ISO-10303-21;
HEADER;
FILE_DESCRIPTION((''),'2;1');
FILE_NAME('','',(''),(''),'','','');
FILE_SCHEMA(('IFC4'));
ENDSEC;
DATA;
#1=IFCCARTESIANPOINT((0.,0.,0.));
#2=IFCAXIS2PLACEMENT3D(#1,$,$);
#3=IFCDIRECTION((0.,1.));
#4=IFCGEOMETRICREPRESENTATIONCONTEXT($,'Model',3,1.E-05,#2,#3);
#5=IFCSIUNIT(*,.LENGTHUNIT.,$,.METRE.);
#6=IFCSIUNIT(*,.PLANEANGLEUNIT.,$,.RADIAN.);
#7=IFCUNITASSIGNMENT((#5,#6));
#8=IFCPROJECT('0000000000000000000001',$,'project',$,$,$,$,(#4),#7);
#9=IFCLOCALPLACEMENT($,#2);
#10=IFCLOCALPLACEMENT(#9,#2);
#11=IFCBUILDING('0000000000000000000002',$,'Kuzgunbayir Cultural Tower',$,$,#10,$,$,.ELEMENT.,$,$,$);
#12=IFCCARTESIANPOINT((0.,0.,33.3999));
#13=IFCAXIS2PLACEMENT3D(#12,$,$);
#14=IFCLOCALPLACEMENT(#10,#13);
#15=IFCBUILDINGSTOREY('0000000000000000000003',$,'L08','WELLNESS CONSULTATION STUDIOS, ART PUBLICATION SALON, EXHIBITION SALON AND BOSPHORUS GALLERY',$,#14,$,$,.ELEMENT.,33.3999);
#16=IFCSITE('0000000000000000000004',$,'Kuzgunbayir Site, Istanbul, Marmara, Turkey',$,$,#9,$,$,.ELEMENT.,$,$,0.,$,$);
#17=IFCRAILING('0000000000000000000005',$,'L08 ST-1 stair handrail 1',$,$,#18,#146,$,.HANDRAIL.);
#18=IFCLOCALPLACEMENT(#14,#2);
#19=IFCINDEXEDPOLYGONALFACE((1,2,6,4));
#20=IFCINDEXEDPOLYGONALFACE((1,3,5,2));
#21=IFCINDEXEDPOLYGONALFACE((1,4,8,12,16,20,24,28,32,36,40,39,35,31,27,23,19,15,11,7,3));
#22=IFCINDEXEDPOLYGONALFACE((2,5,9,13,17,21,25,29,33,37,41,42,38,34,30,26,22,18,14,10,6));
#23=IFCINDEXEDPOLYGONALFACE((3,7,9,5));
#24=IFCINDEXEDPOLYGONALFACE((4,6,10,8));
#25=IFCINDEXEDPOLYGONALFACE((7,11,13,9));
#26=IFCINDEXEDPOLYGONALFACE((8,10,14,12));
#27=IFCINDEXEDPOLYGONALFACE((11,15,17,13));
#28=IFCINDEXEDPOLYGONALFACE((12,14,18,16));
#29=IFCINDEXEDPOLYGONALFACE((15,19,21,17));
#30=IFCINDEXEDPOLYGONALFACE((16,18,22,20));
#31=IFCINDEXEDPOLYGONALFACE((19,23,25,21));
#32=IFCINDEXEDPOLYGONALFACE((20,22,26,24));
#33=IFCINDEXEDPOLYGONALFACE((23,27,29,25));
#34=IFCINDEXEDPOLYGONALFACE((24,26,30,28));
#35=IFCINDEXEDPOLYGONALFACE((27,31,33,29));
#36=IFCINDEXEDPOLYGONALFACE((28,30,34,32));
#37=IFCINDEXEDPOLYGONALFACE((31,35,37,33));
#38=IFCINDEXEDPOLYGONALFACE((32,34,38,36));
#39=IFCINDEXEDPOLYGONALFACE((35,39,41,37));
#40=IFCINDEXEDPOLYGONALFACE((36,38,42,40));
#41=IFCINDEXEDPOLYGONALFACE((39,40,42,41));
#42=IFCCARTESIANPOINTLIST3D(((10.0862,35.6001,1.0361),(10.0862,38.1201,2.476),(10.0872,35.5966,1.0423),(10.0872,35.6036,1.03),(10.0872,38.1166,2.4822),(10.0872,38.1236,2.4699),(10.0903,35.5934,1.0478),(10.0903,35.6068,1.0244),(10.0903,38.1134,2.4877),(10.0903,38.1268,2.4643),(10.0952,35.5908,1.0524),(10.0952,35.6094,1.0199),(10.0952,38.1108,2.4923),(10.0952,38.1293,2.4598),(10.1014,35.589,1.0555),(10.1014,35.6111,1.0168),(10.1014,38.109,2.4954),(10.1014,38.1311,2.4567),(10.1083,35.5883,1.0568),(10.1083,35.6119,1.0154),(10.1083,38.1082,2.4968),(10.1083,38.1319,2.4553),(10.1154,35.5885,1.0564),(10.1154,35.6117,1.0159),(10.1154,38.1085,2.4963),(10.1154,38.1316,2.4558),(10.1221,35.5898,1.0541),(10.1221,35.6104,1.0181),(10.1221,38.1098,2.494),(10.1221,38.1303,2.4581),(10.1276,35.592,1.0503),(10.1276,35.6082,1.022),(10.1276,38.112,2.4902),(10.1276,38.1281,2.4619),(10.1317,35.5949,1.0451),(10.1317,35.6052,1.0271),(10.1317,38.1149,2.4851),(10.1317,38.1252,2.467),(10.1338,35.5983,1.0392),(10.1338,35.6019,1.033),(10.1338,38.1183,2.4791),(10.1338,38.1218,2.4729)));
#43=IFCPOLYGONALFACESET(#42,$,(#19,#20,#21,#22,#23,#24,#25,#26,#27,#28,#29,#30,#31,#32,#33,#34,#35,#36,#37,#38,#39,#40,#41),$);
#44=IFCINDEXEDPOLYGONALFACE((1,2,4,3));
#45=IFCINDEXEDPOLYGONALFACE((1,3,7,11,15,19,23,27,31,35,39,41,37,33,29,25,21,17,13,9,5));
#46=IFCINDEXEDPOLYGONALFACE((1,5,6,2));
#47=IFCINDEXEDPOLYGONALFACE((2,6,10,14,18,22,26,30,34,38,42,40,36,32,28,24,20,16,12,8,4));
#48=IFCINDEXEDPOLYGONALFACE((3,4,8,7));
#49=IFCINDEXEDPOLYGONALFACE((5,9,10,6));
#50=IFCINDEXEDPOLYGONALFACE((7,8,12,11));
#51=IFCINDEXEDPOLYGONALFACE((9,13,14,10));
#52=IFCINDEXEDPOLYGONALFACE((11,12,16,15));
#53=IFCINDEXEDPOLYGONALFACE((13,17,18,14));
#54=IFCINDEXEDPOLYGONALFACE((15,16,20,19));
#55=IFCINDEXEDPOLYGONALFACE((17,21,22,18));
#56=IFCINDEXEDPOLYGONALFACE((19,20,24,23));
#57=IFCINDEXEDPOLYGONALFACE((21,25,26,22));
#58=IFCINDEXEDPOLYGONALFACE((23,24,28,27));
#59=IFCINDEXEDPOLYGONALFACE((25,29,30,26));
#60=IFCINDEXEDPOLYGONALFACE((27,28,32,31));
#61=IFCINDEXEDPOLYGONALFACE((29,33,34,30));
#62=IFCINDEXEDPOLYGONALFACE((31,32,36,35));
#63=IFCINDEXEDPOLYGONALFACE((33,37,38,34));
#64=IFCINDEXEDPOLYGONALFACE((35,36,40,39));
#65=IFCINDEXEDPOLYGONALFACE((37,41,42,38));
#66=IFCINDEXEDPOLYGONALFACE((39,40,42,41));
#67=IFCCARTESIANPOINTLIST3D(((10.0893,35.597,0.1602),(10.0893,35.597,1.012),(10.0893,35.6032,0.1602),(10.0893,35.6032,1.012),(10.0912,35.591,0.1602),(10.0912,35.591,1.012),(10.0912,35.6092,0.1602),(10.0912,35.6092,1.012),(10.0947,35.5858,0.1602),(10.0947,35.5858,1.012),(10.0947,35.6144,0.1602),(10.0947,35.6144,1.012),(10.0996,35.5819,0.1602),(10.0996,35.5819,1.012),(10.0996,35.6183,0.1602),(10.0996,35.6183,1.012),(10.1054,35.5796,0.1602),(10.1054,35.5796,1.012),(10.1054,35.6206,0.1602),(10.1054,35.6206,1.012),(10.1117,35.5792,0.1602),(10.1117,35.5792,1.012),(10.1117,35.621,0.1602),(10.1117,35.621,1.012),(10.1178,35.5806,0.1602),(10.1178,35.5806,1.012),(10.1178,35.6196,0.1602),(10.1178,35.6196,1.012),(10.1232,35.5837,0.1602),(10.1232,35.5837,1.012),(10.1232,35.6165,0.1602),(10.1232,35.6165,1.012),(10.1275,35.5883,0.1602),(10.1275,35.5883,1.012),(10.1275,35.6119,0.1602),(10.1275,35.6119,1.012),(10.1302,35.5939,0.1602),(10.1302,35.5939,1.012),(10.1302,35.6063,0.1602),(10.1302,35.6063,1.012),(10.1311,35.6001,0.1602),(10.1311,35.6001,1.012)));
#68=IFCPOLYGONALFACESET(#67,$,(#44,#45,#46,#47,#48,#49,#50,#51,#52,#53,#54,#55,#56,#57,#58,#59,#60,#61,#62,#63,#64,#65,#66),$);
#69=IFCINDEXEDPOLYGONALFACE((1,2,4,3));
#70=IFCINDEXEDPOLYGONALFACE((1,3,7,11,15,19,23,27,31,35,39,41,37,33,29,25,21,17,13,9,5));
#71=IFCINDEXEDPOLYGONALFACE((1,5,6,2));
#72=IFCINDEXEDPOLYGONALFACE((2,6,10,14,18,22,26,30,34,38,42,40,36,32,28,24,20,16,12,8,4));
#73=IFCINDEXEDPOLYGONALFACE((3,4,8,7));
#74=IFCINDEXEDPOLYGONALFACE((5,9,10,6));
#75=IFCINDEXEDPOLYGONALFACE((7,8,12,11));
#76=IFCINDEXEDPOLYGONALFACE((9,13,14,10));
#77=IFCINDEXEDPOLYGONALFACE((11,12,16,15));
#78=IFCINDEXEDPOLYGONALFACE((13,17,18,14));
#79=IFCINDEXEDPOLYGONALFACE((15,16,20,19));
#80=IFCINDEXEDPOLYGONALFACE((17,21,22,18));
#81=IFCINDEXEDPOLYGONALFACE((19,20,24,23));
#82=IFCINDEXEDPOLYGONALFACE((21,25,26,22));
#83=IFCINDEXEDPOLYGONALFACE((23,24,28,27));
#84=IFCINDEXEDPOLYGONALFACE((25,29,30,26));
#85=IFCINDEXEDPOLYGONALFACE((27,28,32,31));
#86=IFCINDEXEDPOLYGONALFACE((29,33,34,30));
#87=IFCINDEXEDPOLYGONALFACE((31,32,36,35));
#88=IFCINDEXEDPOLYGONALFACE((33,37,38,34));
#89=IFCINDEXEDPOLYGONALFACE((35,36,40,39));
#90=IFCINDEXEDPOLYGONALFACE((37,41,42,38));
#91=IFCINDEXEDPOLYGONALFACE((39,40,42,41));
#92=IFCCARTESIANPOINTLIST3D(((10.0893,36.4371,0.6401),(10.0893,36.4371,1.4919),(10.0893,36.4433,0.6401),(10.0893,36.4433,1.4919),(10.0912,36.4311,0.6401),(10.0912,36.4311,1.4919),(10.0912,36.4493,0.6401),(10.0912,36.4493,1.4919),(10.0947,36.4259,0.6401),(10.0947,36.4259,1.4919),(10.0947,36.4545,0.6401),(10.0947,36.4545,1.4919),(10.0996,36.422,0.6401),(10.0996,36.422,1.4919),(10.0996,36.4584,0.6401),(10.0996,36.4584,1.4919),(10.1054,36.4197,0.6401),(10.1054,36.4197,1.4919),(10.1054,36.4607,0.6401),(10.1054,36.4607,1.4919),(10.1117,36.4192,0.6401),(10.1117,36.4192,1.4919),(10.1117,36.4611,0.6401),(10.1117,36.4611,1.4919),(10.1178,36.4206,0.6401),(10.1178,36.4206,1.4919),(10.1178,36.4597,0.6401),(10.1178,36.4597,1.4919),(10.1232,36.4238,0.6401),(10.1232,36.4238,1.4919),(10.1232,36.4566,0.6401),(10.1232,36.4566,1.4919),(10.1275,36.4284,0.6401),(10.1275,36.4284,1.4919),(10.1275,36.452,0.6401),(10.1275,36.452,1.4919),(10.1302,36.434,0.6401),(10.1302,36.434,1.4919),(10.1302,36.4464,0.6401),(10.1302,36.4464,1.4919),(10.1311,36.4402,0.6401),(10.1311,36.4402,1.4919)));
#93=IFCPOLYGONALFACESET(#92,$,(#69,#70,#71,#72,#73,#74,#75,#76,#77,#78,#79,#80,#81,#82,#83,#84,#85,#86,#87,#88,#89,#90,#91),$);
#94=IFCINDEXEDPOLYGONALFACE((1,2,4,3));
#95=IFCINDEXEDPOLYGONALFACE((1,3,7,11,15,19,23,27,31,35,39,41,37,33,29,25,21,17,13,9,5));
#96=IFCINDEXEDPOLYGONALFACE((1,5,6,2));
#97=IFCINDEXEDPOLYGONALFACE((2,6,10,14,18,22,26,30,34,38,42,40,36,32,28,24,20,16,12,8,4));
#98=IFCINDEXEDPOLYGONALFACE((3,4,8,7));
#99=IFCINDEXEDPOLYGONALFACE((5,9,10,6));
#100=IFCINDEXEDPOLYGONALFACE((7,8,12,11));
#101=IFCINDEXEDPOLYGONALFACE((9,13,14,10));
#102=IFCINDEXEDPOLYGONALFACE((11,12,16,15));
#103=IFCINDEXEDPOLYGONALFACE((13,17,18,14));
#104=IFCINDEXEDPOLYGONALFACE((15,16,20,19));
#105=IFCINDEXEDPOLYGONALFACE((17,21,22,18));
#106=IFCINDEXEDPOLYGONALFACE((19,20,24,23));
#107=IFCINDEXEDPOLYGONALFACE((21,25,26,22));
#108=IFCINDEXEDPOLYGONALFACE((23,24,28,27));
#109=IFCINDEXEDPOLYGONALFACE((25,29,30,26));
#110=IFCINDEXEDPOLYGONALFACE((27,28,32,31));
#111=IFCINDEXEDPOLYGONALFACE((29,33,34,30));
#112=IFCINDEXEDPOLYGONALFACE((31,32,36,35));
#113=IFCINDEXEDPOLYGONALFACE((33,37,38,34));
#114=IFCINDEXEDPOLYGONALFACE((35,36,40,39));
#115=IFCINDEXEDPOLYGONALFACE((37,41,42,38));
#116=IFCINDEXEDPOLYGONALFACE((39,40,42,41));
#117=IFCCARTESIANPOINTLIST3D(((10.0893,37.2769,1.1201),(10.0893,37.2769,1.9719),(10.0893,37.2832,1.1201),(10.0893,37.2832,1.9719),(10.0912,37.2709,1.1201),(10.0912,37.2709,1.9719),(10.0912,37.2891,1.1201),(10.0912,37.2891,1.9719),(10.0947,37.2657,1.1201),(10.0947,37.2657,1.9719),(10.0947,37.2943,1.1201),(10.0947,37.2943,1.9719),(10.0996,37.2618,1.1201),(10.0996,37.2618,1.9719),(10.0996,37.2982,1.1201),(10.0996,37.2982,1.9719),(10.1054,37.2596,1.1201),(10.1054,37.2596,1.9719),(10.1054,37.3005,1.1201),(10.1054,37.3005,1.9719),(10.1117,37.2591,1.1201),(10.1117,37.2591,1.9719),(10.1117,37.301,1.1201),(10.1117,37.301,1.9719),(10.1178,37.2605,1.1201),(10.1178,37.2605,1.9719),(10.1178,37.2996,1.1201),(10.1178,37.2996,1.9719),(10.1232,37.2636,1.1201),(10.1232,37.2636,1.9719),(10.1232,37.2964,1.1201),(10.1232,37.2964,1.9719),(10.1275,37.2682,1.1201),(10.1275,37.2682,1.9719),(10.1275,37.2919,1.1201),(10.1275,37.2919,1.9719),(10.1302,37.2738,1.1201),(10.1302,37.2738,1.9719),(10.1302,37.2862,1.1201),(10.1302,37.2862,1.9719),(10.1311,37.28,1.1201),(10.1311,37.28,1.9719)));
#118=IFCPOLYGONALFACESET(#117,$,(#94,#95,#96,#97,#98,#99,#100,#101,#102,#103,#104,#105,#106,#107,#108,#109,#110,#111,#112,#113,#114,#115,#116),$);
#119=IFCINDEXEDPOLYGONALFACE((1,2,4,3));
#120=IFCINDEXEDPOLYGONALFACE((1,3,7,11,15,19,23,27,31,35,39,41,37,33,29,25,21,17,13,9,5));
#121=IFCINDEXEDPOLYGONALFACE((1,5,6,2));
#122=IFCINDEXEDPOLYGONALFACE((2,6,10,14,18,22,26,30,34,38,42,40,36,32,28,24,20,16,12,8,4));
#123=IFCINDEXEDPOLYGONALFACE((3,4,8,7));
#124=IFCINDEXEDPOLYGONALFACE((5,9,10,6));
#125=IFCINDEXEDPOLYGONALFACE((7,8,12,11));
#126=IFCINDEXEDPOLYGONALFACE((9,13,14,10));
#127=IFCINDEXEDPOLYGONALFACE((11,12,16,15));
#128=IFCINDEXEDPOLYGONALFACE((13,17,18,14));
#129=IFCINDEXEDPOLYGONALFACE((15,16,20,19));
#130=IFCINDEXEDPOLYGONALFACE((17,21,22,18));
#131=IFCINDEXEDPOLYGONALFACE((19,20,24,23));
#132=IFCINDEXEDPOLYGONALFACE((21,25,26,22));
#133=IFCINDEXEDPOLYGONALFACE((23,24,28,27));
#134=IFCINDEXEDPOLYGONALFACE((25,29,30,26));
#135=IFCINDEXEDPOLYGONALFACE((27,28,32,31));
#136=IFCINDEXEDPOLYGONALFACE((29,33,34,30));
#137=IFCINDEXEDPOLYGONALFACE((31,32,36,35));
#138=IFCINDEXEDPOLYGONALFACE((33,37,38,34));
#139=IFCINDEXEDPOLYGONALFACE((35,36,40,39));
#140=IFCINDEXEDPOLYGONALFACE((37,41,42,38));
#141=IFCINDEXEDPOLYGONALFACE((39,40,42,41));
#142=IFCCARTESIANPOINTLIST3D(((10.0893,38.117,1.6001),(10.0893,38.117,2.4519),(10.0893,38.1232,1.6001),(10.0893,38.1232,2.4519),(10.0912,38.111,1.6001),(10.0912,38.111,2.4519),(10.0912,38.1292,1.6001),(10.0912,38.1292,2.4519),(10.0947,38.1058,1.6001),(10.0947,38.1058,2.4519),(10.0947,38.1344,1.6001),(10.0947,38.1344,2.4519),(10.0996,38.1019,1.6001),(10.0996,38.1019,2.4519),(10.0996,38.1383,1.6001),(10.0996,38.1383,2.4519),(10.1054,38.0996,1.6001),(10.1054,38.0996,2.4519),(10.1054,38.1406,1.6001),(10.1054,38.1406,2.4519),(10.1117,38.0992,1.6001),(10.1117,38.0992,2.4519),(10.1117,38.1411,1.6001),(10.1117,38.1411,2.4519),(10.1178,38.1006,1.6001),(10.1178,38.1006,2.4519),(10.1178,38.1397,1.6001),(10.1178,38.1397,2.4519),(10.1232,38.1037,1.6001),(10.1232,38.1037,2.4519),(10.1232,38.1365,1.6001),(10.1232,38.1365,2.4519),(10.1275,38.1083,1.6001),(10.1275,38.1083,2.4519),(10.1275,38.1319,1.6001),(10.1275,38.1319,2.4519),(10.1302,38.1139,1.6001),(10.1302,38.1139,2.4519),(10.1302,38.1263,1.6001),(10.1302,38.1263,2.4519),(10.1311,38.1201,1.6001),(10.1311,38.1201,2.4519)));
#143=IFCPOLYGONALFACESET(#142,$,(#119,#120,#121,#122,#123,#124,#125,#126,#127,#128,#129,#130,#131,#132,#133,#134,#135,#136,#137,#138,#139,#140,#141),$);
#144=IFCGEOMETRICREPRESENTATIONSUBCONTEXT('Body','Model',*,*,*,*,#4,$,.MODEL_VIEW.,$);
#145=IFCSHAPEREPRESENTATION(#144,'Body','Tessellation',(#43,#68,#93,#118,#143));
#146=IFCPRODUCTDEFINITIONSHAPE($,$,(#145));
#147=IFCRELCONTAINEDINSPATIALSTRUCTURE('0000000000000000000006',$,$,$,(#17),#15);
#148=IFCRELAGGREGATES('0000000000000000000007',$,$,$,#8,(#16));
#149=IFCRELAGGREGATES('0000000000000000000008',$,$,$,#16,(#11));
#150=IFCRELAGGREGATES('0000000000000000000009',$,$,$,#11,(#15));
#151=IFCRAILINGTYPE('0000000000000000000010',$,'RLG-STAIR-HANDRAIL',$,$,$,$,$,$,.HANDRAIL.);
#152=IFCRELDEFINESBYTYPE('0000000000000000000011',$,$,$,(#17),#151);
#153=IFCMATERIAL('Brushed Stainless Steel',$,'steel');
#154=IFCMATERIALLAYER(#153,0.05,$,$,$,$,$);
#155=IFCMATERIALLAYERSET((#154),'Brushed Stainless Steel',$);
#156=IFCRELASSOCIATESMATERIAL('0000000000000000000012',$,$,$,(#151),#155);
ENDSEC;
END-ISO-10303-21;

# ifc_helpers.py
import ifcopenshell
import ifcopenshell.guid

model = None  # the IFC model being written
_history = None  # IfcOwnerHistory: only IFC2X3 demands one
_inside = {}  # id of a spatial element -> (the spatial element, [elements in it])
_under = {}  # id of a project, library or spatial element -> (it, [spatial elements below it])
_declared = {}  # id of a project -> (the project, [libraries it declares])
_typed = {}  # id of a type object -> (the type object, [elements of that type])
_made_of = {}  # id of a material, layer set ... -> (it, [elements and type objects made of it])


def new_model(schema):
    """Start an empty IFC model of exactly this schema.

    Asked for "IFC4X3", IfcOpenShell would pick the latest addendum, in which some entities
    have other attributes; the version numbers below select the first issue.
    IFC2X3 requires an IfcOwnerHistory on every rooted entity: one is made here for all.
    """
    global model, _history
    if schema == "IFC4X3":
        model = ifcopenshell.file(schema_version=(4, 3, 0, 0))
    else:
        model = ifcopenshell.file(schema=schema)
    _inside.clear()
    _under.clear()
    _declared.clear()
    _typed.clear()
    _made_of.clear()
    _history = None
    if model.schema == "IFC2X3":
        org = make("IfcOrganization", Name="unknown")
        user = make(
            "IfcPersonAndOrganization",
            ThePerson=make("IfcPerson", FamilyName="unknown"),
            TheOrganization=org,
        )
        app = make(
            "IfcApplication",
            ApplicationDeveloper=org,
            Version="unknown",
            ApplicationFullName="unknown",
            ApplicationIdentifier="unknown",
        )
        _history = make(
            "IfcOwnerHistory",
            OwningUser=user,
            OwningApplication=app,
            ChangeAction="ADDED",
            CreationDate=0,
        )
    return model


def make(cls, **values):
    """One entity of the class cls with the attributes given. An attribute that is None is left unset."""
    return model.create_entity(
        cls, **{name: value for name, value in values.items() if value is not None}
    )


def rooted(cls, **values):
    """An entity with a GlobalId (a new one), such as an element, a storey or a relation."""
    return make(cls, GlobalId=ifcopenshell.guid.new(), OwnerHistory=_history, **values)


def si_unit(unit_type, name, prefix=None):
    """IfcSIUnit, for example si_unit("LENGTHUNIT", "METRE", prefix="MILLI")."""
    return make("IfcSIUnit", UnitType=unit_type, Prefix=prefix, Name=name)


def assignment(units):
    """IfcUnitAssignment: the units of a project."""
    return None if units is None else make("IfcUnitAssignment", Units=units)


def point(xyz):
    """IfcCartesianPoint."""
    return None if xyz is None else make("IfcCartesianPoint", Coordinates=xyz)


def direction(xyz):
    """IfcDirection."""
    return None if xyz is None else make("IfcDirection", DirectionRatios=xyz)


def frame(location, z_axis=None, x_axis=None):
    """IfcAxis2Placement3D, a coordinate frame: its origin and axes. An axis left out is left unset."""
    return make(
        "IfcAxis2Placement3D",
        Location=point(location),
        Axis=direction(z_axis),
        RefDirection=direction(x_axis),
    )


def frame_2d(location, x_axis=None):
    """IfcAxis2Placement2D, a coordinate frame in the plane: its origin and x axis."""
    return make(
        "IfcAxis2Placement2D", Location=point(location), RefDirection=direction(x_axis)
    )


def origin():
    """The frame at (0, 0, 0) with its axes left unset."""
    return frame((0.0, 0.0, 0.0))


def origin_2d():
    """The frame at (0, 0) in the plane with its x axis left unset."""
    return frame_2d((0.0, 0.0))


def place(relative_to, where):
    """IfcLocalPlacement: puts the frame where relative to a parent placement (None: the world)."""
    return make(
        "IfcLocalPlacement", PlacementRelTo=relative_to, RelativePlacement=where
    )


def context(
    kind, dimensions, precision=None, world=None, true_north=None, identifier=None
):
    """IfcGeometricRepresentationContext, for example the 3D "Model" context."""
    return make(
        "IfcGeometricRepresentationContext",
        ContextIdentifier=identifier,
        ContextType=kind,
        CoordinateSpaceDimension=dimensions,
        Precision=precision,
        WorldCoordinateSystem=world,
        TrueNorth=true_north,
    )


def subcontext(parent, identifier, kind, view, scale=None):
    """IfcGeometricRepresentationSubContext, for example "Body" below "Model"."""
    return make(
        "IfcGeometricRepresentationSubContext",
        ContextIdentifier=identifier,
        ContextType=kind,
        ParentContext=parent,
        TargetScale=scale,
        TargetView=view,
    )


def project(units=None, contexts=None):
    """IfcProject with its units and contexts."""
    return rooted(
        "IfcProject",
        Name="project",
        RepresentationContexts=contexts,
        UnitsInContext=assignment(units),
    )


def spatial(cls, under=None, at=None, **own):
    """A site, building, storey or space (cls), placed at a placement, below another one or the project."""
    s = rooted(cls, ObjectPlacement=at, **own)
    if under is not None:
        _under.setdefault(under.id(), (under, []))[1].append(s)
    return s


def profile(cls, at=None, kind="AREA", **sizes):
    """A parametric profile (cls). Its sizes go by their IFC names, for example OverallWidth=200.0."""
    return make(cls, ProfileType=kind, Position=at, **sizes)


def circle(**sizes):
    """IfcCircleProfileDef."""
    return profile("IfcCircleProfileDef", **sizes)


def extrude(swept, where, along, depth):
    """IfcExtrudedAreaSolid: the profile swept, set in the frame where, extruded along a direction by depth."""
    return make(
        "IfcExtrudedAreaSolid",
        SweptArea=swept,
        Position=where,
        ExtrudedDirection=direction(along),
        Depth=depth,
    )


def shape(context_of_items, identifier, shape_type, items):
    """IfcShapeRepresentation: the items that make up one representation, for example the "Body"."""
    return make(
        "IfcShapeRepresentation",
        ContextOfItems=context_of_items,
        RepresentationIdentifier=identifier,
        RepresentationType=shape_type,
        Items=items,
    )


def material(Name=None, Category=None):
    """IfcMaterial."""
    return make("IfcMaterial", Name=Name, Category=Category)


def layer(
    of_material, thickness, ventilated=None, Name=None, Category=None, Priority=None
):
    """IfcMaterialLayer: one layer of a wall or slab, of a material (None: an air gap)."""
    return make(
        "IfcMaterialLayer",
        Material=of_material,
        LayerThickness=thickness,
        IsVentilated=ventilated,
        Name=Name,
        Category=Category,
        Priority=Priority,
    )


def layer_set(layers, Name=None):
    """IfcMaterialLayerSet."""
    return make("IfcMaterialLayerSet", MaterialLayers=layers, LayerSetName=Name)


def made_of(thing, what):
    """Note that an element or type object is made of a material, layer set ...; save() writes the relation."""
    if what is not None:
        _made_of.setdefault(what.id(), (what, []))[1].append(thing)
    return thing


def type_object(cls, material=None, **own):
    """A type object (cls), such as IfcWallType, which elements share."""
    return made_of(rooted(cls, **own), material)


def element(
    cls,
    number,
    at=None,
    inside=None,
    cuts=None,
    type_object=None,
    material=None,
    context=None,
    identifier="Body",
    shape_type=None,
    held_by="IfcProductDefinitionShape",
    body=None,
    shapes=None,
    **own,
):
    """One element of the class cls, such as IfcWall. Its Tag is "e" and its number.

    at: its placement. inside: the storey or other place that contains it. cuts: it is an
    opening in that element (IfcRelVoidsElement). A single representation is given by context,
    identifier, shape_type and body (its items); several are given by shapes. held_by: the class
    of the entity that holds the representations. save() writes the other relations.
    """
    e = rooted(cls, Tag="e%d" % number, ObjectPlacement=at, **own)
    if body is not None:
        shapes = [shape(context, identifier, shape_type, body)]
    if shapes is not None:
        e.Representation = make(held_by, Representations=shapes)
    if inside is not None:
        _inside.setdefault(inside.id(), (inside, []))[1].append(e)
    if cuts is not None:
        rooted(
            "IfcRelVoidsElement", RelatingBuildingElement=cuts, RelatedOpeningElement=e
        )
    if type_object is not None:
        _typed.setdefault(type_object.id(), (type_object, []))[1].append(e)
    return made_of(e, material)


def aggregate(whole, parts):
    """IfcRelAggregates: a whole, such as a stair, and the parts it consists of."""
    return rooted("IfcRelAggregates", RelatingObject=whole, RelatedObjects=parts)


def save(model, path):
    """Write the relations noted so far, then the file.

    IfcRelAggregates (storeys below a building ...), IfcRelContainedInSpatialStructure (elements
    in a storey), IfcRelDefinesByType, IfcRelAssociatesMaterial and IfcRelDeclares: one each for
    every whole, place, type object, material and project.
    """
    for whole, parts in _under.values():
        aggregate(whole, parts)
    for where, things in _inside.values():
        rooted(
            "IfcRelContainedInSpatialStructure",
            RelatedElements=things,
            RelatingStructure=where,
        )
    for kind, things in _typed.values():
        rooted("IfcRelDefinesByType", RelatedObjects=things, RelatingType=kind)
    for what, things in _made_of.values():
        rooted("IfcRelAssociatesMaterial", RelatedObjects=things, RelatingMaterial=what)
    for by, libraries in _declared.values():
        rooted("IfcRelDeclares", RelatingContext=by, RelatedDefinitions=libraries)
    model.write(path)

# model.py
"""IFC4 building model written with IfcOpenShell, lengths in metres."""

from ifc_helpers import new_model, si_unit, direction, frame, origin, origin_2d, place, context, subcontext, project, spatial, circle, extrude, material, layer, layer_set, type_object, element, save


model = new_model("IFC4")

# Units and contexts
model_context = context("Model", 3, precision=1e-05, world=origin(), true_north=direction((0.0, 1.0)))
body_context = subcontext(model_context, "Body", "Model", "MODEL_VIEW")
ifc_project = project(units=[si_unit("LENGTHUNIT", "METRE"), si_unit("PLANEANGLEUNIT", "RADIAN")], contexts=[model_context])

# Site, building, storey
site_placement = place(None, origin())
site = spatial("IfcSite", under=ifc_project, at=site_placement, Name="Kuzgunbayir Site, Istanbul, Marmara, Turkey", CompositionType="ELEMENT", RefElevation=0.0)
building_placement = place(site_placement, origin())
building = spatial("IfcBuilding", under=site, at=building_placement, Name="Kuzgunbayir Cultural Tower", CompositionType="ELEMENT")
storey_placement = place(building_placement, frame((0.0, 0.0, 33.3999)))
storey = spatial("IfcBuildingStorey", under=building, at=storey_placement, Name="L08", Description="WELLNESS CONSULTATION STUDIOS, ART PUBLICATION SALON, EXHIBITION SALON AND BOSPHORUS GALLERY", CompositionType="ELEMENT", Elevation=33.3999)

# Railing
ifc_material_1 = material(Name="Brushed Stainless Steel", Category="steel")
ifc_layer_1 = layer(ifc_material_1, 0.05)
ifc_layer_set_1 = layer_set([ifc_layer_1], Name="Brushed Stainless Steel")
railing_type_1 = type_object("IfcRailingType", Name="RLG-STAIR-HANDRAIL", PredefinedType="HANDRAIL", material=ifc_layer_set_1)
railing_1_placement = place(storey_placement, frame((10.1101, 35.6001, 0.1602)))
element("IfcRailing", 1, at=railing_1_placement, inside=storey, type_object=railing_type_1, Name="L08 ST-1 stair handrail 1", PredefinedType="HANDRAIL", context=body_context, shape_type="SweptSolid", body=[
    extrude(circle(Radius=0.0239, at=origin_2d()), frame((0.0, 0.0, 0.876), z_axis=(0.0, 0.868253, 0.496121), x_axis=(-1.0, 0.0, 0.0)), (0.0, 0.0, 1.0), 2.9023),
    extrude(circle(Radius=0.021, at=origin_2d()), origin(), (0.0, 0.0, 1.0), 0.8518),
    extrude(circle(Radius=0.021, at=origin_2d()), frame((0.0, 0.8401, 0.48)), (0.0, 0.0, 1.0), 0.8518),
    extrude(circle(Radius=0.021, at=origin_2d()), frame((0.0, 1.6799, 0.96)), (0.0, 0.0, 1.0), 0.8518),
    extrude(circle(Radius=0.021, at=origin_2d()), frame((0.0, 2.52, 1.4399)), (0.0, 0.0, 1.0), 0.8518),
])

save(model, "model.ifc")
